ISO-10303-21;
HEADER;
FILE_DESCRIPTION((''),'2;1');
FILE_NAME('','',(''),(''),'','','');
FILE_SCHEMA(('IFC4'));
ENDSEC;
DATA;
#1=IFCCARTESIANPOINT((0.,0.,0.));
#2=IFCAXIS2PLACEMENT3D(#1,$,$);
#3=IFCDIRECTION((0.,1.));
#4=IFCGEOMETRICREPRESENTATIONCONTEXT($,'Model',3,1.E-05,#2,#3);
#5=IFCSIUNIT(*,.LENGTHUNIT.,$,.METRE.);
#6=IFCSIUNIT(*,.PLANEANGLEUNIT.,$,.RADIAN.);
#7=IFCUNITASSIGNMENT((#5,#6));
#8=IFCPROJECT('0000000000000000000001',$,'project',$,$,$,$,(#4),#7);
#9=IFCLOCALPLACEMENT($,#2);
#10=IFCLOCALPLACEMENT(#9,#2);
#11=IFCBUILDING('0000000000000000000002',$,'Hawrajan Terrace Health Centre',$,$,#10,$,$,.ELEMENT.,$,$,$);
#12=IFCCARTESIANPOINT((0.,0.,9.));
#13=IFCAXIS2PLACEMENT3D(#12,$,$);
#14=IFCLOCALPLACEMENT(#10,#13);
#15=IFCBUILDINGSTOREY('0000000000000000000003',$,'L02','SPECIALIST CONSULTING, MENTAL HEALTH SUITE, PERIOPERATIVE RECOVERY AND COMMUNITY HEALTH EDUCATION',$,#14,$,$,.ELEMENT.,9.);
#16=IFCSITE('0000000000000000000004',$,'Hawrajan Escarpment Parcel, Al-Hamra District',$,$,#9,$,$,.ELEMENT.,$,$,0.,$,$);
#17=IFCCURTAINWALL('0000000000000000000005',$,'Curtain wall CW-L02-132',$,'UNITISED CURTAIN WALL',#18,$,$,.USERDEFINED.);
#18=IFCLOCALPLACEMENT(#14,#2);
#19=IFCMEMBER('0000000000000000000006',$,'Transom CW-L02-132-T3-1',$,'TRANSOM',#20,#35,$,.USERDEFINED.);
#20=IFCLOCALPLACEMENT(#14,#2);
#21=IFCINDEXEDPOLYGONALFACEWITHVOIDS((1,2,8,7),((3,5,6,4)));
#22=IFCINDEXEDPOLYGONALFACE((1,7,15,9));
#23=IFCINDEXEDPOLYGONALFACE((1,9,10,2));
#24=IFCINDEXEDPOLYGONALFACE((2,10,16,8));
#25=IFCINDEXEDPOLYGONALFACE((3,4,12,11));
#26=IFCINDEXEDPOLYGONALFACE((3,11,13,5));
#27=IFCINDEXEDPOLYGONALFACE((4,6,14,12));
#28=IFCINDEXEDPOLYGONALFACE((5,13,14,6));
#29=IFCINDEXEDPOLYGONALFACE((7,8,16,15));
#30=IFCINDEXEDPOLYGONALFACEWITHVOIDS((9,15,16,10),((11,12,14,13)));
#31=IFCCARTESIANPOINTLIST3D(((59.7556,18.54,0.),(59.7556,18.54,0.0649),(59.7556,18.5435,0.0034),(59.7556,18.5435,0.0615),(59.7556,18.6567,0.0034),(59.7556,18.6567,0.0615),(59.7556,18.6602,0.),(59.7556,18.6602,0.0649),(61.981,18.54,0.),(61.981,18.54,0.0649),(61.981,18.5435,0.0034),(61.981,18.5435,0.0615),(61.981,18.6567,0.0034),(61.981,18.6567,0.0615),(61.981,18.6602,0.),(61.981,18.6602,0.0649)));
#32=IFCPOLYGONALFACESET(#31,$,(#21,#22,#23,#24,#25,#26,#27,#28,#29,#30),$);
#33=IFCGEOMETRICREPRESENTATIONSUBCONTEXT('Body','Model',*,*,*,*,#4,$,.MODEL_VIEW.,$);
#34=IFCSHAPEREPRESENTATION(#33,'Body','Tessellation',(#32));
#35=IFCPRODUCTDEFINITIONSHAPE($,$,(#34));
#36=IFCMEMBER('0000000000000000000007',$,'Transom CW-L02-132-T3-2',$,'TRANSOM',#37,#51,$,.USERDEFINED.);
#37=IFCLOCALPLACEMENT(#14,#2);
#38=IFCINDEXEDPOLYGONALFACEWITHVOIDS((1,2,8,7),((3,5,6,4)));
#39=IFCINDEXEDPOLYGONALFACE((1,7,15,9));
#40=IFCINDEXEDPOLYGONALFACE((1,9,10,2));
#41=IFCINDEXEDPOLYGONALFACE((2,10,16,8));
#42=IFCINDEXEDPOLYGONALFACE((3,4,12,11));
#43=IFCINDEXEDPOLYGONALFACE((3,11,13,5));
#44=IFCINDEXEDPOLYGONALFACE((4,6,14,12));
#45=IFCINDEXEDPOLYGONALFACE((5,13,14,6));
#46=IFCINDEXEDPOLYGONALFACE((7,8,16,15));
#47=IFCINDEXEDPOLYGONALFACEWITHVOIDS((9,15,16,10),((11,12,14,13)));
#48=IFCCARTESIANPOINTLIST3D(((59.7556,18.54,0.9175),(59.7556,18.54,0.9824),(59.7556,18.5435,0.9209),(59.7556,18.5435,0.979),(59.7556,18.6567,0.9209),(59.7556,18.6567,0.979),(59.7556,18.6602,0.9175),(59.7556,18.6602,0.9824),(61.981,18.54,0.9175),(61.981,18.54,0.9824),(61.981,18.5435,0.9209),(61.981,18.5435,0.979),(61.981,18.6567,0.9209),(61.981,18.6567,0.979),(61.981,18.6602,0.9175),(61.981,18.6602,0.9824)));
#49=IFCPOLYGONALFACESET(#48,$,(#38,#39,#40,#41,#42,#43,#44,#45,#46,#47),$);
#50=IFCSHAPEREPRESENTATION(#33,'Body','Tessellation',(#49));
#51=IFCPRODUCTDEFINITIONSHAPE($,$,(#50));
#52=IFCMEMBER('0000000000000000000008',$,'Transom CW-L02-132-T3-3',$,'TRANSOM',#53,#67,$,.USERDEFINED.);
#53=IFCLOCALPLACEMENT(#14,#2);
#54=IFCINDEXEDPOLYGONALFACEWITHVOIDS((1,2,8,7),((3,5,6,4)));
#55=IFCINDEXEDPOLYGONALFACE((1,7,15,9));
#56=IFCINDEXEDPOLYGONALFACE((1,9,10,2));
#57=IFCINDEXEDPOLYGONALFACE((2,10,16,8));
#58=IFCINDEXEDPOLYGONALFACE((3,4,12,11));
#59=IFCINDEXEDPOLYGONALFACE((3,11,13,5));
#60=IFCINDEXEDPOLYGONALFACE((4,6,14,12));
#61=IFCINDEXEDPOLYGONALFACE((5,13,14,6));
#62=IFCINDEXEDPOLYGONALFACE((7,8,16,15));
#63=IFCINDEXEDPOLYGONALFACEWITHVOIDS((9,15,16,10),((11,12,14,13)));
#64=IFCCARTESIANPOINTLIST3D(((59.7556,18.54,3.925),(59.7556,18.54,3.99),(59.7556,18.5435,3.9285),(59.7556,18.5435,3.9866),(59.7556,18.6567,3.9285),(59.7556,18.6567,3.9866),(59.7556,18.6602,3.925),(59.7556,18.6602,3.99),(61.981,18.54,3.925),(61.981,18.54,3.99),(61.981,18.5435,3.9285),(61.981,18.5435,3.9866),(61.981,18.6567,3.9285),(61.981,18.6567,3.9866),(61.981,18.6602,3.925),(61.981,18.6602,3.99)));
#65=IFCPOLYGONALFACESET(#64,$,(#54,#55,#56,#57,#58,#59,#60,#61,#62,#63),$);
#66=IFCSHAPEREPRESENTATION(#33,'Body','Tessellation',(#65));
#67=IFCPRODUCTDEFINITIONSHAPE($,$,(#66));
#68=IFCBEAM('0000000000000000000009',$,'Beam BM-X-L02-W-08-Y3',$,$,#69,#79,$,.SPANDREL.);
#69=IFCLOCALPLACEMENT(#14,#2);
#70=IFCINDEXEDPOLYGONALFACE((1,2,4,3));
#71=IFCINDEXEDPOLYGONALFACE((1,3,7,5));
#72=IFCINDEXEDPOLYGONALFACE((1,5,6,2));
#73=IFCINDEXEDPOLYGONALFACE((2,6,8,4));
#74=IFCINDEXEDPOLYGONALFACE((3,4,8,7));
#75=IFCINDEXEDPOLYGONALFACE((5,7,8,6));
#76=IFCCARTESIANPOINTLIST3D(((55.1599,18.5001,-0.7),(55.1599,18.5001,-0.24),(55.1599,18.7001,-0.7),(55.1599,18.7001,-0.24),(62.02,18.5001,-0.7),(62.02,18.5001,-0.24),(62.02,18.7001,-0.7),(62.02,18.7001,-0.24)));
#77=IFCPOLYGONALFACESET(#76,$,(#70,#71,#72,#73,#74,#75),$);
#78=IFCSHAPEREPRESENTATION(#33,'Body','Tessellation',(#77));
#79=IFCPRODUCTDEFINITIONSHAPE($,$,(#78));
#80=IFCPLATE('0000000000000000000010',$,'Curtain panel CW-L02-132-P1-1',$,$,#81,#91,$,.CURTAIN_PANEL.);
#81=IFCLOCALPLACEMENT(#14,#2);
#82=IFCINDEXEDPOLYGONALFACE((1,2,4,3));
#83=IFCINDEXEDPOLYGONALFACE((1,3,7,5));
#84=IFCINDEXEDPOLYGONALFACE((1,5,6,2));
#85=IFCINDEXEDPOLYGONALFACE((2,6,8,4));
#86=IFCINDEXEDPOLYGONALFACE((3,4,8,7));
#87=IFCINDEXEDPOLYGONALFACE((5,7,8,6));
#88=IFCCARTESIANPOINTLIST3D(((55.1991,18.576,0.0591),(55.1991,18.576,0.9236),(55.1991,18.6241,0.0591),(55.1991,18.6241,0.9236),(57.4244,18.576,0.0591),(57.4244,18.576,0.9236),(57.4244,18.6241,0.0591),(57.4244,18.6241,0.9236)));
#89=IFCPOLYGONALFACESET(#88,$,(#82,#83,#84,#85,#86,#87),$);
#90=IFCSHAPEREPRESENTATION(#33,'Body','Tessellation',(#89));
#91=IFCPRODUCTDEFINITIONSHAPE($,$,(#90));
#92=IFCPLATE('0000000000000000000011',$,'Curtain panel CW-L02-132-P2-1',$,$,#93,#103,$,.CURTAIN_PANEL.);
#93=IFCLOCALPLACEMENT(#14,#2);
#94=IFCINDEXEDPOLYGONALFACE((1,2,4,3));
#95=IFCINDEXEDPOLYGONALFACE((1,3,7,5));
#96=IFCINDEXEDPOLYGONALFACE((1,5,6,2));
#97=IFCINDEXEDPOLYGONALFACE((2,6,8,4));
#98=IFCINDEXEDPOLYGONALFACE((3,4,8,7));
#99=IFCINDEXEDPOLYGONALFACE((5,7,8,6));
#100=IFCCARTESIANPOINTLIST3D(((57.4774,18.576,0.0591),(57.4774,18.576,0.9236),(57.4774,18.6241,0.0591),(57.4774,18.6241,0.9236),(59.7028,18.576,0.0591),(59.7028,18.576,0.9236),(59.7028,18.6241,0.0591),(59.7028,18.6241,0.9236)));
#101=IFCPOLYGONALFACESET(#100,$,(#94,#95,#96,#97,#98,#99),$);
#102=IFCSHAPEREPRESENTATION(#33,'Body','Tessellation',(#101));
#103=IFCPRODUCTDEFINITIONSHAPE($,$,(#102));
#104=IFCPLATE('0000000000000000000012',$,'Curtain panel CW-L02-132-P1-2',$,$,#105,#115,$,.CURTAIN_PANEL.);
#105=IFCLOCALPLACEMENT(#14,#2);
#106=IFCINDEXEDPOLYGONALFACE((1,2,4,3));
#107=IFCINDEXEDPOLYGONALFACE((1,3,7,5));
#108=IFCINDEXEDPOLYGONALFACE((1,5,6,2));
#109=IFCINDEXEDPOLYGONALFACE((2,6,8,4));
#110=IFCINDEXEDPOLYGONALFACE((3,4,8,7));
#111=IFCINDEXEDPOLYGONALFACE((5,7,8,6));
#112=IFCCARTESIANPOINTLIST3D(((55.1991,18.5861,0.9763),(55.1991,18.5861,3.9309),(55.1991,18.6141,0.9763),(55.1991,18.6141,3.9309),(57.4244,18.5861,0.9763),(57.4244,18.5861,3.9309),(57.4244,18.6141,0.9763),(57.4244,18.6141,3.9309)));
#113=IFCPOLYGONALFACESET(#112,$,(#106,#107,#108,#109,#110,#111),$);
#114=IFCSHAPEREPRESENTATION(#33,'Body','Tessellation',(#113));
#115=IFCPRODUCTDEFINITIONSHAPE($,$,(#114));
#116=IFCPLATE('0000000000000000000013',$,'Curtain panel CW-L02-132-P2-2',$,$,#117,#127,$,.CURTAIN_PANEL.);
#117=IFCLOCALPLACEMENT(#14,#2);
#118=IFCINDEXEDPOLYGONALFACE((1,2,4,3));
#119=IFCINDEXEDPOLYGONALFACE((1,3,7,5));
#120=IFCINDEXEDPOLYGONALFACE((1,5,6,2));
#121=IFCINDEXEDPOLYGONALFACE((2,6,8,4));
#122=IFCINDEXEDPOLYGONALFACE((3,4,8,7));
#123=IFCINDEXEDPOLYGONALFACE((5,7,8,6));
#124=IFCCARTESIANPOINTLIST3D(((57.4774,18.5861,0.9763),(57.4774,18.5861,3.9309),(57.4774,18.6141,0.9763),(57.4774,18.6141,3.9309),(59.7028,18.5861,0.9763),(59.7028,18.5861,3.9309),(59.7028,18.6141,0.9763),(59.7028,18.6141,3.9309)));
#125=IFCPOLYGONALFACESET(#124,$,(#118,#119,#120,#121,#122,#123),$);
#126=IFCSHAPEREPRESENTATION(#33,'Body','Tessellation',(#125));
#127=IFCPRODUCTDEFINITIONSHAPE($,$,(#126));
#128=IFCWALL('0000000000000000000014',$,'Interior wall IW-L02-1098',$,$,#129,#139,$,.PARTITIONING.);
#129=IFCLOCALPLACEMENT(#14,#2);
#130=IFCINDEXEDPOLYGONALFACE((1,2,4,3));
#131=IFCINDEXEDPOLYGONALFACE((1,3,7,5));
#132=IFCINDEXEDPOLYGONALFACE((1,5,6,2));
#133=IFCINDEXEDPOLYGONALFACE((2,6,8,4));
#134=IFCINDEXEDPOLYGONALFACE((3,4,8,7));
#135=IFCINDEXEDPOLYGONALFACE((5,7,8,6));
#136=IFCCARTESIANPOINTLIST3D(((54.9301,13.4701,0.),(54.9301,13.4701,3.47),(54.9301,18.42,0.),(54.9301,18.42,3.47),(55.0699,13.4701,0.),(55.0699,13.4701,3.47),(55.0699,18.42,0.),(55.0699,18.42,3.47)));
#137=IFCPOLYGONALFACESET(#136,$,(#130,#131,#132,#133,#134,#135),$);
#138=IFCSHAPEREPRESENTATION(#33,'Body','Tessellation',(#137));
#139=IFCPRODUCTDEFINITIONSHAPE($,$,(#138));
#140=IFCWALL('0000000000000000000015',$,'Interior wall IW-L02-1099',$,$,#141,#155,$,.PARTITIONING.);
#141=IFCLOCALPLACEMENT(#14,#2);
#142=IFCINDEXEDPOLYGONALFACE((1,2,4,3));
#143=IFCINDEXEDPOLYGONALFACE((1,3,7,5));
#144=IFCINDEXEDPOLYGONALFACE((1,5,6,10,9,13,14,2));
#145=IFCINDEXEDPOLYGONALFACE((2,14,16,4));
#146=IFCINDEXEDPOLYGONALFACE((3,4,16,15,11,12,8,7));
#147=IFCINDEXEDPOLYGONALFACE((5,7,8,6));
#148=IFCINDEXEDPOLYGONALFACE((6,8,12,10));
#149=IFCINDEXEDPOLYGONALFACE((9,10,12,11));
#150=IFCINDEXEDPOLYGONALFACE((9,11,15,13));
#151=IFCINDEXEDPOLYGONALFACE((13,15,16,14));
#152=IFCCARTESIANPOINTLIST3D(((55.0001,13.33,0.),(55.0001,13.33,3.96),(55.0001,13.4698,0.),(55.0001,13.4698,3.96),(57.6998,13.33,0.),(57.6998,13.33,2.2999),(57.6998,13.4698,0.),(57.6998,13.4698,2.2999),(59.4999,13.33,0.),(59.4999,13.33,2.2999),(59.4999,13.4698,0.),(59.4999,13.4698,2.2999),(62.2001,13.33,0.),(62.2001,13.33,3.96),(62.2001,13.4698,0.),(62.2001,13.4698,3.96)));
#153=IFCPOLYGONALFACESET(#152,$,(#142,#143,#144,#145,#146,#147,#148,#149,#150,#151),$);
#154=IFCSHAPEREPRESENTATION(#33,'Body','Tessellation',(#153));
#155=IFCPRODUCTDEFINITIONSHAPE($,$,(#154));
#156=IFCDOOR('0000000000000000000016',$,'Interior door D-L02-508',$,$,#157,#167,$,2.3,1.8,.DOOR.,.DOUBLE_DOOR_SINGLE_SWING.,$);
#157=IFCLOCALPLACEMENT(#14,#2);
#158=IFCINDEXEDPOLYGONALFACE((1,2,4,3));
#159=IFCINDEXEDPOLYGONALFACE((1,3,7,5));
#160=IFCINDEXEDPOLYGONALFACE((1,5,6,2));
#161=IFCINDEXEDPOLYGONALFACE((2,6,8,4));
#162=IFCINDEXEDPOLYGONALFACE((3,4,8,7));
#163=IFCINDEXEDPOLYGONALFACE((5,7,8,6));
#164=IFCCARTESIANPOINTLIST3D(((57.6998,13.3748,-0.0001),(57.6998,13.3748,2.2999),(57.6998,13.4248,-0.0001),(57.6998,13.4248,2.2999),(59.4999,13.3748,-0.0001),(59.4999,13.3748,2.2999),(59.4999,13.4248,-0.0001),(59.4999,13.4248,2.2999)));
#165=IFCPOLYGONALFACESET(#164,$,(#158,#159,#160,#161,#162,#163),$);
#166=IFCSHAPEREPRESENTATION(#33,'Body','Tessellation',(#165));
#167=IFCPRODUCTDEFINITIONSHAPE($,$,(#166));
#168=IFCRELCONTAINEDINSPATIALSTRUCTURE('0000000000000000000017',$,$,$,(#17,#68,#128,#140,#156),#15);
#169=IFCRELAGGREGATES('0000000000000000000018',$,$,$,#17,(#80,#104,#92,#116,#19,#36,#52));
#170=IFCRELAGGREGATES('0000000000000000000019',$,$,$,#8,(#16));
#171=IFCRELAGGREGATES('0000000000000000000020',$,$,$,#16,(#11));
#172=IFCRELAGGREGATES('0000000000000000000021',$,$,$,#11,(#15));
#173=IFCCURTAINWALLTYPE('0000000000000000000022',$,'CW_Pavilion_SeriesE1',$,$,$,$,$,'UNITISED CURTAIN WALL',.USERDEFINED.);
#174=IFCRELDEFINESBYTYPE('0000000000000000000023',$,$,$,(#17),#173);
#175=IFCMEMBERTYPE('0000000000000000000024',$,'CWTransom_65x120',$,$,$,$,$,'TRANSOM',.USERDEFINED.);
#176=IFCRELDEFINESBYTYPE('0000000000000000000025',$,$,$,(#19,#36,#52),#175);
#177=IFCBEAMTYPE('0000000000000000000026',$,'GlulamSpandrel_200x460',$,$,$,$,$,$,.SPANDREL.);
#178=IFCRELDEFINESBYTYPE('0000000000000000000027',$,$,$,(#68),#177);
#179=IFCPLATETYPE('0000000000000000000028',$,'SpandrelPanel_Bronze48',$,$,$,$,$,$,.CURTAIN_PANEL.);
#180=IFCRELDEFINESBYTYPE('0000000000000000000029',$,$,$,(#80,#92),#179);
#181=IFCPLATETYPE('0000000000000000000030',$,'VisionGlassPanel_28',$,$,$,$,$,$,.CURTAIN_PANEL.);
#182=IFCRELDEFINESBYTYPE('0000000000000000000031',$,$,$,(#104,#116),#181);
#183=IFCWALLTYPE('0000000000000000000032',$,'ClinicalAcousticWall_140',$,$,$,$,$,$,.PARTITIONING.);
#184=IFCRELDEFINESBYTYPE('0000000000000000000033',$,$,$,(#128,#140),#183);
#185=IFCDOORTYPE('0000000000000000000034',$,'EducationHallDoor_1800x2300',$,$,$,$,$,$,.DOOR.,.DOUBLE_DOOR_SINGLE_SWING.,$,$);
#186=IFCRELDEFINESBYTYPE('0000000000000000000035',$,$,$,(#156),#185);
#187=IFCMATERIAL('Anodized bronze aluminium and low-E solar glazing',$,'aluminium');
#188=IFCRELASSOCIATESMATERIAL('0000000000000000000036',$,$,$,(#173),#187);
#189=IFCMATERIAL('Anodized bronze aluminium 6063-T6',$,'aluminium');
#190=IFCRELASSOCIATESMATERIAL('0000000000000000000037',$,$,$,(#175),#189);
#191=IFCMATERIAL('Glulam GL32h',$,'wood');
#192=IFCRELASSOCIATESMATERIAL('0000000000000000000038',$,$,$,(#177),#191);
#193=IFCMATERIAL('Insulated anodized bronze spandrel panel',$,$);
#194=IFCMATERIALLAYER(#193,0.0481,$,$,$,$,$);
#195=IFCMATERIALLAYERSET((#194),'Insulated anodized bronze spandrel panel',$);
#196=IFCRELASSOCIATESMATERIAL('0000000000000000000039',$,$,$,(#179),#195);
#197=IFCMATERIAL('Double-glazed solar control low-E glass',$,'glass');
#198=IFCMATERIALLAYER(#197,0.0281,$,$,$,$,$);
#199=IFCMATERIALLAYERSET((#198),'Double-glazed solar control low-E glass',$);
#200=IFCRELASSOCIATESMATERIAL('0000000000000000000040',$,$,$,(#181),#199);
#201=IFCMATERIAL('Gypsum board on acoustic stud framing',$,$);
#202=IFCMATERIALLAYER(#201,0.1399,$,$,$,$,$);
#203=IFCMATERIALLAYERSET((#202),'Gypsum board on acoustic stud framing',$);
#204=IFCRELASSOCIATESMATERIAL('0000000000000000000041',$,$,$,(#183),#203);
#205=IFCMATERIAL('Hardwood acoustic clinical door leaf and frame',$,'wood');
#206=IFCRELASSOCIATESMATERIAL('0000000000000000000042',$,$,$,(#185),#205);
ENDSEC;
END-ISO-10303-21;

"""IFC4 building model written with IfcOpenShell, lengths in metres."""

from ifc_helpers import new_model, si_unit, direction, frame, frame_2d, origin, origin_2d, place, context, subcontext, project, spatial, rectangle, hollow_rectangle, extrude, material, layer, layer_set, material_profile, profile_set, type_object, element, fill, aggregate, save


model = new_model("IFC4")

# Units and contexts
model_context = context("Model", 3, precision=1e-05, world=origin(), true_north=direction((0.0, 1.0)))
body_context = subcontext(model_context, "Body", "Model", "MODEL_VIEW")
ifc_project = project(units=[si_unit("LENGTHUNIT", "METRE"), si_unit("PLANEANGLEUNIT", "RADIAN")], contexts=[model_context])

# Site, building, storey
site_placement = place(None, origin())
site = spatial("IfcSite", under=ifc_project, at=site_placement, Name="Hawrajan Escarpment Parcel, Al-Hamra District", CompositionType="ELEMENT", RefElevation=0.0)
building_placement = place(site_placement, origin())
building = spatial("IfcBuilding", under=site, at=building_placement, Name="Hawrajan Terrace Health Centre", CompositionType="ELEMENT")
storey_placement = place(building_placement, frame((0.0, 0.0, 9.0)))
storey = spatial("IfcBuildingStorey", under=building, at=storey_placement, Name="L02", Description="SPECIALIST CONSULTING, MENTAL HEALTH SUITE, PERIOPERATIVE RECOVERY AND COMMUNITY HEALTH EDUCATION", CompositionType="ELEMENT", Elevation=9.0)

# Shared definitions
ifc_material_1 = material(Name="Glulam GL32h", Category="wood")

# Curtain wall
ifc_material_2 = material(Name="Anodized bronze aluminium and low-E solar glazing", Category="aluminium")
curtain_wall_type_1 = type_object("IfcCurtainWallType", Name="CW_Pavilion_SeriesE1", ElementType="UNITISED CURTAIN WALL", PredefinedType="USERDEFINED", material=ifc_material_2)
curtain_wall_1_placement = place(storey_placement, origin())
curtain_wall_1 = element("IfcCurtainWall", 1, at=curtain_wall_1_placement, inside=storey, type_object=curtain_wall_type_1, Name="Curtain wall CW-L02-132", ObjectType="UNITISED CURTAIN WALL", PredefinedType="USERDEFINED")
ifc_material_3 = material(Name="Anodized bronze aluminium 6063-T6", Category="aluminium")

# Members
ifc_material_profile_1 = material_profile(ifc_material_3, hollow_rectangle(XDim=0.0649, YDim=0.1201, WallThickness=0.0034, at=origin_2d()), Name="CW TRN 65x120")
ifc_profile_set_1 = profile_set([ifc_material_profile_1], Name="Anodized bronze aluminium 6063-T6")
member_type_1 = type_object("IfcMemberType", Name="CWTransom_65x120", ElementType="TRANSOM", PredefinedType="USERDEFINED", material=ifc_profile_set_1)
member_1_placement = place(storey_placement, frame((59.7556, 18.6001, 0.0325), z_axis=(1.0, 0.0, 0.0), x_axis=(0.0, 0.0, 1.0)))
member_1 = element("IfcMember", 2, at=member_1_placement, type_object=member_type_1, Name="Transom CW-L02-132-T3-1", ObjectType="TRANSOM", PredefinedType="USERDEFINED", context=body_context, shape_type="SweptSolid", body=[
    extrude(hollow_rectangle(XDim=0.0649, YDim=0.1201, WallThickness=0.0034, at=origin_2d()), origin(), (0.0, 0.0, 1.0), 2.2253),
])
member_2_placement = place(storey_placement, frame((59.7556, 18.6001, 0.95), z_axis=(1.0, 0.0, 0.0), x_axis=(0.0, 0.0, 1.0)))
member_2 = element("IfcMember", 3, at=member_2_placement, type_object=member_type_1, Name="Transom CW-L02-132-T3-2", ObjectType="TRANSOM", PredefinedType="USERDEFINED", context=body_context, shape_type="SweptSolid", body=[
    extrude(hollow_rectangle(XDim=0.0649, YDim=0.1201, WallThickness=0.0034, at=origin_2d()), origin(), (0.0, 0.0, 1.0), 2.2253),
])
member_3_placement = place(storey_placement, frame((59.7556, 18.6001, 3.9575), z_axis=(1.0, 0.0, 0.0), x_axis=(0.0, 0.0, 1.0)))
member_3 = element("IfcMember", 4, at=member_3_placement, type_object=member_type_1, Name="Transom CW-L02-132-T3-3", ObjectType="TRANSOM", PredefinedType="USERDEFINED", context=body_context, shape_type="SweptSolid", body=[
    extrude(hollow_rectangle(XDim=0.0649, YDim=0.1201, WallThickness=0.0034, at=origin_2d()), origin(), (0.0, 0.0, 1.0), 2.2253),
])

# Beam
ifc_material_profile_2 = material_profile(ifc_material_1, rectangle(XDim=0.2, YDim=0.46, at=origin_2d()), Name="GL SP 200x460")
ifc_profile_set_2 = profile_set([ifc_material_profile_2], Name="Glulam GL32h")
beam_type = type_object("IfcBeamType", Name="GlulamSpandrel_200x460", PredefinedType="SPANDREL", material=ifc_profile_set_2)
beam_placement = place(storey_placement, frame((55.1599, 18.6001, -0.47), z_axis=(1.0, 0.0, 0.0), x_axis=(0.0, 1.0, 0.0)))
element("IfcBeam", 5, at=beam_placement, inside=storey, type_object=beam_type, Name="Beam BM-X-L02-W-08-Y3", PredefinedType="SPANDREL", context=body_context, shape_type="SweptSolid", body=[
    extrude(rectangle(XDim=0.2, YDim=0.46, at=origin_2d()), origin(), (0.0, 0.0, 1.0), 6.8601),
])

# Plates
ifc_material_4 = material(Name="Insulated anodized bronze spandrel panel")
ifc_layer_1 = layer(ifc_material_4, 0.0481)
ifc_layer_set_1 = layer_set([ifc_layer_1], Name="Insulated anodized bronze spandrel panel")
plate_type_1 = type_object("IfcPlateType", Name="SpandrelPanel_Bronze48", PredefinedType="CURTAIN_PANEL", material=ifc_layer_set_1)
plate_1_placement = place(storey_placement, frame((56.3118, 18.6001, 0.0591), z_axis=(0.0, 0.0, 1.0), x_axis=(1.0, 0.0, 0.0)))
plate_1 = element("IfcPlate", 6, at=plate_1_placement, type_object=plate_type_1, Name="Curtain panel CW-L02-132-P1-1", PredefinedType="CURTAIN_PANEL", context=body_context, shape_type="SweptSolid", body=[
    extrude(rectangle(XDim=2.2253, YDim=0.0481, at=origin_2d()), origin(), (0.0, 0.0, 1.0), 0.8645),
])
plate_2_placement = place(storey_placement, frame((58.5901, 18.6001, 0.0591), z_axis=(0.0, 0.0, 1.0), x_axis=(1.0, 0.0, 0.0)))
plate_2 = element("IfcPlate", 7, at=plate_2_placement, type_object=plate_type_1, Name="Curtain panel CW-L02-132-P2-1", PredefinedType="CURTAIN_PANEL", context=body_context, shape_type="SweptSolid", body=[
    extrude(rectangle(XDim=2.2253, YDim=0.0481, at=origin_2d()), origin(), (0.0, 0.0, 1.0), 0.8645),
])
ifc_material_5 = material(Name="Double-glazed solar control low-E glass", Category="glass")
ifc_layer_2 = layer(ifc_material_5, 0.0281)
ifc_layer_set_2 = layer_set([ifc_layer_2], Name="Double-glazed solar control low-E glass")
plate_type_2 = type_object("IfcPlateType", Name="VisionGlassPanel_28", PredefinedType="CURTAIN_PANEL", material=ifc_layer_set_2)
plate_3_placement = place(storey_placement, frame((56.3118, 18.6001, 0.9763), z_axis=(0.0, 0.0, 1.0), x_axis=(1.0, 0.0, 0.0)))
plate_3 = element("IfcPlate", 8, at=plate_3_placement, type_object=plate_type_2, Name="Curtain panel CW-L02-132-P1-2", PredefinedType="CURTAIN_PANEL", context=body_context, shape_type="SweptSolid", body=[
    extrude(rectangle(XDim=2.2253, YDim=0.0281, at=origin_2d()), origin(), (0.0, 0.0, 1.0), 2.9546),
])
plate_4_placement = place(storey_placement, frame((58.5901, 18.6001, 0.9763), z_axis=(0.0, 0.0, 1.0), x_axis=(1.0, 0.0, 0.0)))
plate_4 = element("IfcPlate", 9, at=plate_4_placement, type_object=plate_type_2, Name="Curtain panel CW-L02-132-P2-2", PredefinedType="CURTAIN_PANEL", context=body_context, shape_type="SweptSolid", body=[
    extrude(rectangle(XDim=2.2253, YDim=0.0281, at=origin_2d()), origin(), (0.0, 0.0, 1.0), 2.9546),
])
aggregate(curtain_wall_1, [plate_1, plate_3, plate_2, plate_4, member_1, member_2, member_3])

# Wall
ifc_material_6 = material(Name="Gypsum board on acoustic stud framing")
ifc_layer_3 = layer(ifc_material_6, 0.1399)
ifc_layer_set_3 = layer_set([ifc_layer_3], Name="Gypsum board on acoustic stud framing")
wall_type = type_object("IfcWallType", Name="ClinicalAcousticWall_140", PredefinedType="PARTITIONING", material=ifc_layer_set_3)
wall_1_placement = place(storey_placement, frame((55.0, 13.47, 0.0), z_axis=(0.0, 0.0, 1.0), x_axis=(0.0, 1.0, 0.0)))
element("IfcWall", 10, at=wall_1_placement, inside=storey, type_object=wall_type, Name="Interior wall IW-L02-1098", PredefinedType="PARTITIONING", context=body_context, shape_type="SweptSolid", body=[
    extrude(rectangle(XDim=4.95, YDim=0.1399, at=frame_2d((2.4751, 0.0))), origin(), (0.0, 0.0, 1.0), 3.47),
])

# Wall, opening, door
wall_2_placement = place(storey_placement, frame((55.0, 13.3999, 0.0), z_axis=(0.0, 0.0, 1.0), x_axis=(1.0, 0.0, 0.0)))
wall_2 = element("IfcWall", 11, at=wall_2_placement, inside=storey, type_object=wall_type, Name="Interior wall IW-L02-1099", PredefinedType="PARTITIONING", context=body_context, shape_type="SweptSolid", body=[
    extrude(rectangle(XDim=7.2, YDim=0.1399, at=frame_2d((3.6001, 0.0))), origin(), (0.0, 0.0, 1.0), 3.96),
])
opening_placement = place(wall_2_placement, frame((2.7, 0.0, 0.0)))
opening = element("IfcOpeningElement", 12, at=opening_placement, cuts=wall_2, PredefinedType="OPENING", context=body_context, shape_type="SweptSolid", body=[
    extrude(rectangle(XDim=1.8, YDim=2.3, at=frame_2d((0.8999, 1.1499))), frame((0.0, 0.0798, 0.0), z_axis=(0.0, -1.0, 0.0), x_axis=(1.0, 0.0, 0.0)), (0.0, 0.0, 1.0), 0.1599),
])
ifc_material_7 = material(Name="Hardwood acoustic clinical door leaf and frame", Category="wood")
door_type = type_object("IfcDoorType", Name="EducationHallDoor_1800x2300", OperationType="DOUBLE_DOOR_SINGLE_SWING", PredefinedType="DOOR", material=ifc_material_7)
door_placement = place(opening_placement, origin())
door = element("IfcDoor", 13, at=door_placement, inside=storey, type_object=door_type, Name="Interior door D-L02-508", OperationType="DOUBLE_DOOR_SINGLE_SWING", OverallHeight=2.3, OverallWidth=1.8, PredefinedType="DOOR", context=body_context, shape_type="SweptSolid", body=[
    extrude(rectangle(XDim=1.8, YDim=2.3, at=frame_2d((0.8999, 1.1499))), frame((0.0, 0.0249, 0.0), z_axis=(0.0, -1.0, 0.0), x_axis=(1.0, 0.0, 0.0)), (0.0, 0.0, 1.0), 0.05),
])
fill(opening, door)

save(model, "model.ifc")
